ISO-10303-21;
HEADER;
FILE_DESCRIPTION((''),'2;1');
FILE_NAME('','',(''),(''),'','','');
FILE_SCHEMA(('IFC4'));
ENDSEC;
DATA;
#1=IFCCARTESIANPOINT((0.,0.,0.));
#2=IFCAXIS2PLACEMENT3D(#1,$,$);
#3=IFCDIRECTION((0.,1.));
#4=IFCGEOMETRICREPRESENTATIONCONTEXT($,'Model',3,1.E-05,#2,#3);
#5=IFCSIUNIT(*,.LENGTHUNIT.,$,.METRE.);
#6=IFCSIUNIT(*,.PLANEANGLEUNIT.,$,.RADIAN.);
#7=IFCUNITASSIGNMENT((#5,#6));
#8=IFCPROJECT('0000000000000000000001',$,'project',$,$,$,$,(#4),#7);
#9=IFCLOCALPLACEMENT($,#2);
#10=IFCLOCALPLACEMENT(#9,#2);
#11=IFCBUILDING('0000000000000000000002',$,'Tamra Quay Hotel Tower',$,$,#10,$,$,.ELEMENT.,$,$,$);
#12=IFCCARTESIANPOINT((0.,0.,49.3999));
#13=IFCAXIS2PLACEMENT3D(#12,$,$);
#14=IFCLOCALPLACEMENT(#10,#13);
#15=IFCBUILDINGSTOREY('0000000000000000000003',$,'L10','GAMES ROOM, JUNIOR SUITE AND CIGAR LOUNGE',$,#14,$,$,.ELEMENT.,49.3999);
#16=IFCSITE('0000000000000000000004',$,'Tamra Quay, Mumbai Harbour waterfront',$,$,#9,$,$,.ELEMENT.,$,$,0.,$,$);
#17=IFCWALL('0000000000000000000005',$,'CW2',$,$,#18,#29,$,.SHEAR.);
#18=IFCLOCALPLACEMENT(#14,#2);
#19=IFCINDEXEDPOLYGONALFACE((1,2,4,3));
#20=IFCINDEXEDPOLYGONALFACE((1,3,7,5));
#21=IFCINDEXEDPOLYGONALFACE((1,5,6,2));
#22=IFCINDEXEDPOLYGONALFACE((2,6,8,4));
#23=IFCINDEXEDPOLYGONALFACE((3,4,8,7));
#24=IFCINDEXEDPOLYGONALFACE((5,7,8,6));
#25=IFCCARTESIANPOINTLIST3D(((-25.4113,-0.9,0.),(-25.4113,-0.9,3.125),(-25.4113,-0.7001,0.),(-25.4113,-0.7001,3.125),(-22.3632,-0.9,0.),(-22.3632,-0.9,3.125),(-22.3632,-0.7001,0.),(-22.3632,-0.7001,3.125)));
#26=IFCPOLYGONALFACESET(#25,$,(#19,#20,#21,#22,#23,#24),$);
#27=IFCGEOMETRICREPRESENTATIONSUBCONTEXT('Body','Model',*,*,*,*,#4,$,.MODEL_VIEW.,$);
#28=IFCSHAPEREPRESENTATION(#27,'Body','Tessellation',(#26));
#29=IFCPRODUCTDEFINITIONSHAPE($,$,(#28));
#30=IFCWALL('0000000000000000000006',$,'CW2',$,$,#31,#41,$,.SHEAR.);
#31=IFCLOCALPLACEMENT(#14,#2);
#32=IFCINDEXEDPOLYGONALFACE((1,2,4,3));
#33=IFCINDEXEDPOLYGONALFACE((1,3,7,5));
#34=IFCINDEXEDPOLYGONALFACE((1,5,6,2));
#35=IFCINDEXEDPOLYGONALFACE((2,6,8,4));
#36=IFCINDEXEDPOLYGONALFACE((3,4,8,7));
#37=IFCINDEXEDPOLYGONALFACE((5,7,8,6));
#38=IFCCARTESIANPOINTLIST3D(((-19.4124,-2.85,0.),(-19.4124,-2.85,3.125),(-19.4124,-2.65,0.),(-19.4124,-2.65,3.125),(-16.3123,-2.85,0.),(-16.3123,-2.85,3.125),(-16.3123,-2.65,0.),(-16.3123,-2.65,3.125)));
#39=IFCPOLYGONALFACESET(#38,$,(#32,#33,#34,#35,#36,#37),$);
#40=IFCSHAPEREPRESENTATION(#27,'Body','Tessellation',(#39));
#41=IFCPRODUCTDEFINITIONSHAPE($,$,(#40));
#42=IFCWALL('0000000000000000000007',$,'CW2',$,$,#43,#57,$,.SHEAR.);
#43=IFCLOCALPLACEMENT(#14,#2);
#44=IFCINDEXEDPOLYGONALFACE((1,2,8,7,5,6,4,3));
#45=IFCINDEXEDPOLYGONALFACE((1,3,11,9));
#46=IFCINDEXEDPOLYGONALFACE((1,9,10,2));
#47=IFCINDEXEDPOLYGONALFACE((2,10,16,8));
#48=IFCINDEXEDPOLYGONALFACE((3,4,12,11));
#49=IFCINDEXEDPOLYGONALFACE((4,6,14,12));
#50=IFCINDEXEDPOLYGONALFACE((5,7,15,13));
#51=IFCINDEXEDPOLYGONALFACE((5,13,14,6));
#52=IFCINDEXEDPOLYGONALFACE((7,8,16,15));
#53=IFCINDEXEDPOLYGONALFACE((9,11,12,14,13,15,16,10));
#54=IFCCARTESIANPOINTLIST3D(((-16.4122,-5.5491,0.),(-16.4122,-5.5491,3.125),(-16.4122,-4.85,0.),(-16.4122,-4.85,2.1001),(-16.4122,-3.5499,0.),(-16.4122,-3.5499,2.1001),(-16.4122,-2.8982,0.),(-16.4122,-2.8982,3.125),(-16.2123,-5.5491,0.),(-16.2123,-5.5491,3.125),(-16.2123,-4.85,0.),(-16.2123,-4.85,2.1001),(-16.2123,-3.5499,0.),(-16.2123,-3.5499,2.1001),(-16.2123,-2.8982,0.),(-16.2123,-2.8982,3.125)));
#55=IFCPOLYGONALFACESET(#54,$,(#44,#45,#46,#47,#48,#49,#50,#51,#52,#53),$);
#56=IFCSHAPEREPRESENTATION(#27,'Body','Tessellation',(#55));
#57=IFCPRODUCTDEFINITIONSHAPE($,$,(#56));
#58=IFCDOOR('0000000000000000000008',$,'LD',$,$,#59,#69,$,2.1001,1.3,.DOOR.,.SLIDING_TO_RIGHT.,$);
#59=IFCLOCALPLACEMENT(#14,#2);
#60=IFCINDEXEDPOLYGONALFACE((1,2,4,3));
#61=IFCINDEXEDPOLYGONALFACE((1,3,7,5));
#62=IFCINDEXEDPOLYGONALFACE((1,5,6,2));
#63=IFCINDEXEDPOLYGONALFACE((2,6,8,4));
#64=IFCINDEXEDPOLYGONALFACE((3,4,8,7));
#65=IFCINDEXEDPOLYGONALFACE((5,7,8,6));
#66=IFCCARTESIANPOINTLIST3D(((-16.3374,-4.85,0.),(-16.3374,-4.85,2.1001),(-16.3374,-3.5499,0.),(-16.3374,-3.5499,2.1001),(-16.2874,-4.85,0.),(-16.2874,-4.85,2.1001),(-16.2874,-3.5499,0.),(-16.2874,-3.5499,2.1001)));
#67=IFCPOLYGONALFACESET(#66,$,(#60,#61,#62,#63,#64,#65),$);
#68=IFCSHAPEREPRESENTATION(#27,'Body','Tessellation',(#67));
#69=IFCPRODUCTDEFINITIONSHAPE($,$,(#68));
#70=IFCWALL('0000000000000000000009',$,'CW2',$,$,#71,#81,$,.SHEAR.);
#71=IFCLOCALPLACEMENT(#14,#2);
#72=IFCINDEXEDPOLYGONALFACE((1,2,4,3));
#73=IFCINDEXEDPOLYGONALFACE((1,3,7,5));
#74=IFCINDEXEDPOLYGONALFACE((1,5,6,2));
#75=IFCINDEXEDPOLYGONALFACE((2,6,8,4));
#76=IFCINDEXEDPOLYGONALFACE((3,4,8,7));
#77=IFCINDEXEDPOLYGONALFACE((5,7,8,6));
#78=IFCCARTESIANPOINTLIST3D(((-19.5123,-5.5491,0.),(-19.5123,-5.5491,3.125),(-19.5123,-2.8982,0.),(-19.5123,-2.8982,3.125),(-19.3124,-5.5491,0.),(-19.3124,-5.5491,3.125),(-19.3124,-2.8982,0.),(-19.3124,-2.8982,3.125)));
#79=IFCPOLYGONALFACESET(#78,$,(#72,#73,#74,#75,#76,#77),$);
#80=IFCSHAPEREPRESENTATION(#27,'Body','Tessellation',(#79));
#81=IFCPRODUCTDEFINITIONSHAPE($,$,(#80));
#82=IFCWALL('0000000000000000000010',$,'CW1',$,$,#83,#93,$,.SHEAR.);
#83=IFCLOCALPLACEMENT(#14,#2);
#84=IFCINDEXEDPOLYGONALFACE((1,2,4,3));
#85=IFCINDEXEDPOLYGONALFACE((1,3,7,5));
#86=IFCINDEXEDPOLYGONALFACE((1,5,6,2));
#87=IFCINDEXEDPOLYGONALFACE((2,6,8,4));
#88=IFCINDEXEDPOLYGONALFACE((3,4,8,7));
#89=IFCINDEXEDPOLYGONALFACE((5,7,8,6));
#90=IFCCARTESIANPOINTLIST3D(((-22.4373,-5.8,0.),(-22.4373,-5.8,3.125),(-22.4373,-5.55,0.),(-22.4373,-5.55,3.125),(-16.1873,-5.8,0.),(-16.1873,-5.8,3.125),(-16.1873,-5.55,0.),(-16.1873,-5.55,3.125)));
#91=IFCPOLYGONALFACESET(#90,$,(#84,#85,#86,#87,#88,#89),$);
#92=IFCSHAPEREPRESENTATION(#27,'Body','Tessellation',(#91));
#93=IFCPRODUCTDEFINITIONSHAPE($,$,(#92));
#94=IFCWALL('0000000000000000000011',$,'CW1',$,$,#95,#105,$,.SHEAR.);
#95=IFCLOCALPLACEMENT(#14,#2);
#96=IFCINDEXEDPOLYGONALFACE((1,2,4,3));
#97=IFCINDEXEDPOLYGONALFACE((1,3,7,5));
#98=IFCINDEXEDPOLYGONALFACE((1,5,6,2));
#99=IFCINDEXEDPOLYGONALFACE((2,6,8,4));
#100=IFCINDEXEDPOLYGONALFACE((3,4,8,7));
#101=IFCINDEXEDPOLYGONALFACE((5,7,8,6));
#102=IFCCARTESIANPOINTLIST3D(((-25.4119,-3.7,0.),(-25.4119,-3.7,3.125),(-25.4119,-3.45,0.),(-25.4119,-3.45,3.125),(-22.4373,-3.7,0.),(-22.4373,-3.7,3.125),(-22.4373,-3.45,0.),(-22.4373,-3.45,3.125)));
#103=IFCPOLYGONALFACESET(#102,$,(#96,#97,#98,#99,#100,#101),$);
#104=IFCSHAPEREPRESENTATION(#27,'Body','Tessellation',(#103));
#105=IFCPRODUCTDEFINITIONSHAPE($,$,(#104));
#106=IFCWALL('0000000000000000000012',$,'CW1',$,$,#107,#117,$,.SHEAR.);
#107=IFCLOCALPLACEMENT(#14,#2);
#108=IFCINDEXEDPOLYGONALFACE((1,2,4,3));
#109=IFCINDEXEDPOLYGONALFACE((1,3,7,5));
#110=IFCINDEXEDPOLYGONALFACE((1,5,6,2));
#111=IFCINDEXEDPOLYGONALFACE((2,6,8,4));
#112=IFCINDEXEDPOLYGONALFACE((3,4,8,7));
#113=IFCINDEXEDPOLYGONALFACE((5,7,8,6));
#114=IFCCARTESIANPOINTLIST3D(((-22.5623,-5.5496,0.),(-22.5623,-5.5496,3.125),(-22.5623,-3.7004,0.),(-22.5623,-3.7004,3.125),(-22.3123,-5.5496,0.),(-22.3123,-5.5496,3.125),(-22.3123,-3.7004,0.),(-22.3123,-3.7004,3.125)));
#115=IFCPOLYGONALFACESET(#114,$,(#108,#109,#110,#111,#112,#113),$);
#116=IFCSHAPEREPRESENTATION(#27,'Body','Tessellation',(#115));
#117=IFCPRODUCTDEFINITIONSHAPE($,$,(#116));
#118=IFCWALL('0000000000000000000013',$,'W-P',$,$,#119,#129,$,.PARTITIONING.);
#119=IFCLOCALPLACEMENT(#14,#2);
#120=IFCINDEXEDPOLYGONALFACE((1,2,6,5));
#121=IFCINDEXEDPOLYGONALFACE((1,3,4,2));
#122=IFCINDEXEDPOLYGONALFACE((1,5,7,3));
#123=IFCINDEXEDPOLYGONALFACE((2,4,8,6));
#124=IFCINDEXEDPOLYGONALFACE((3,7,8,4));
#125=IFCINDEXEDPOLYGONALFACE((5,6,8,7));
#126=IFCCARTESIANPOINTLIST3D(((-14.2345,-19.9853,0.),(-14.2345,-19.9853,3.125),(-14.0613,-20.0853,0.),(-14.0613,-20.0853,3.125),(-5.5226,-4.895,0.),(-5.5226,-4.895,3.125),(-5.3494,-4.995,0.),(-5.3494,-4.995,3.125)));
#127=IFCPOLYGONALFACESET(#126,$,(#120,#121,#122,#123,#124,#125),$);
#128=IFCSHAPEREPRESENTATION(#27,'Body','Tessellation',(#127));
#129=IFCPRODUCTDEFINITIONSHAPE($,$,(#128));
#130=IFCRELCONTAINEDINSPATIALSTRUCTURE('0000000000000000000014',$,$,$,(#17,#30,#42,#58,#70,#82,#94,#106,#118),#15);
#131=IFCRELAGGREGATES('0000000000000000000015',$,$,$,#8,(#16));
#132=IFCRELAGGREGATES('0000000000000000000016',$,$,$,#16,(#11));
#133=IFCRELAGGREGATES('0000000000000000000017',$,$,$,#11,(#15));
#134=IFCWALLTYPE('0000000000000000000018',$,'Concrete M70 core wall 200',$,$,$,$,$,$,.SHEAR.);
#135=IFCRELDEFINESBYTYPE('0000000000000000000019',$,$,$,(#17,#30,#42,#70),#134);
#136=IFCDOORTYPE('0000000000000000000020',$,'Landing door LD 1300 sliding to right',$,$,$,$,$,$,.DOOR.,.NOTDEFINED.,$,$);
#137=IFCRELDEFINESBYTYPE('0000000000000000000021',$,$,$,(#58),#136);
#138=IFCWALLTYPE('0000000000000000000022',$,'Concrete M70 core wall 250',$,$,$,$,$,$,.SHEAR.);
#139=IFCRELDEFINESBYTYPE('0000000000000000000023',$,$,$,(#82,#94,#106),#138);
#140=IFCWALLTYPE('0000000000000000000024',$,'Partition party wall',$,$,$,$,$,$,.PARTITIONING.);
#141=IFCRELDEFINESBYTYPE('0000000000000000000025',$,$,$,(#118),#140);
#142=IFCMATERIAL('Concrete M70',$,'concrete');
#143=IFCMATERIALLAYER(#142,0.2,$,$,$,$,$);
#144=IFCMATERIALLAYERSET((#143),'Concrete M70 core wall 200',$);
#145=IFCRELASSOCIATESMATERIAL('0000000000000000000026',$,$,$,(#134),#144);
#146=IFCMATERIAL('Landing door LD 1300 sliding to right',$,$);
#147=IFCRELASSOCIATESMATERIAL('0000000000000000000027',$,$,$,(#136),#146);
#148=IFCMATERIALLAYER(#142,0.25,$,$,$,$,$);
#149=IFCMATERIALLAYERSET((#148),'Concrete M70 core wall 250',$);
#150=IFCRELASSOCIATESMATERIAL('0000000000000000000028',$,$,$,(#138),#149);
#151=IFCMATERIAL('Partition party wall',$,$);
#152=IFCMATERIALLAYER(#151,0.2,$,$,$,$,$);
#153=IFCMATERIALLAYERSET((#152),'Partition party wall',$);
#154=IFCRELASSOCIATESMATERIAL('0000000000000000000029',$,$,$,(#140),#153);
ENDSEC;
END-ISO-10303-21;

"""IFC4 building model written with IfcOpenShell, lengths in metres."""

from ifc_helpers import new_model, si_unit, direction, frame, frame_2d, origin, place, context, subcontext, project, spatial, rectangle, extrude, material, layer, layer_set, type_object, element, fill, save


model = new_model("IFC4")

# Units and contexts
model_context = context("Model", 3, precision=1e-05, world=origin(), true_north=direction((0.0, 1.0)))
body_context = subcontext(model_context, "Body", "Model", "MODEL_VIEW")
ifc_project = project(units=[si_unit("LENGTHUNIT", "METRE"), si_unit("PLANEANGLEUNIT", "RADIAN")], contexts=[model_context])

# Site, building, storey
site_placement = place(None, origin())
site = spatial("IfcSite", under=ifc_project, at=site_placement, Name="Tamra Quay, Mumbai Harbour waterfront", CompositionType="ELEMENT", RefElevation=0.0)
building_placement = place(site_placement, origin())
building = spatial("IfcBuilding", under=site, at=building_placement, Name="Tamra Quay Hotel Tower", CompositionType="ELEMENT")
storey_placement = place(building_placement, frame((0.0, 0.0, 49.3999)))
storey = spatial("IfcBuildingStorey", under=building, at=storey_placement, Name="L10", Description="GAMES ROOM, JUNIOR SUITE AND CIGAR LOUNGE", CompositionType="ELEMENT", Elevation=49.3999)

# Shared definitions
ifc_material_1 = material(Name="Concrete M70", Category="concrete")

# Walls
ifc_layer_1 = layer(ifc_material_1, 0.2)
ifc_layer_set_1 = layer_set([ifc_layer_1], Name="Concrete M70 core wall 200")
wall_type_1 = type_object("IfcWallType", Name="Concrete M70 core wall 200", PredefinedType="SHEAR", material=ifc_layer_set_1)
wall_1_placement = place(storey_placement, frame((-22.3633, -0.8, 0.0), z_axis=(0.0, 0.0, 1.0), x_axis=(-1.0, 0.0, 0.0)))
element("IfcWall", 1, at=wall_1_placement, inside=storey, type_object=wall_type_1, Name="CW2", PredefinedType="SHEAR", context=body_context, shape_type="SweptSolid", body=[
    extrude(rectangle(XDim=3.0481, YDim=0.2, at=frame_2d((1.5239, 0.0))), origin(), (0.0, 0.0, 1.0), 3.125),
])
wall_2_placement = place(storey_placement, frame((-19.4124, -2.75, 0.0), z_axis=(0.0, 0.0, 1.0), x_axis=(1.0, 0.0, 0.0)))
element("IfcWall", 2, at=wall_2_placement, inside=storey, type_object=wall_type_1, Name="CW2", PredefinedType="SHEAR", context=body_context, shape_type="SweptSolid", body=[
    extrude(rectangle(XDim=3.1001, YDim=0.2, at=frame_2d((1.55, 0.0))), origin(), (0.0, 0.0, 1.0), 3.125),
])

# Wall, opening, door
wall_3_placement = place(storey_placement, frame((-16.3123, -2.8982, 0.0), z_axis=(0.0, 0.0, 1.0), x_axis=(0.0, -1.0, 0.0)))
wall_3 = element("IfcWall", 3, at=wall_3_placement, inside=storey, type_object=wall_type_1, Name="CW2", PredefinedType="SHEAR", context=body_context, shape_type="SweptSolid", body=[
    extrude(rectangle(XDim=2.6509, YDim=0.2, at=frame_2d((1.3254, 0.0))), origin(), (0.0, 0.0, 1.0), 3.125),
])
opening_placement = place(wall_3_placement, frame((0.6519, 0.0, 0.0)))
opening = element("IfcOpeningElement", 4, at=opening_placement, cuts=wall_3, PredefinedType="OPENING", context=body_context, shape_type="SweptSolid", body=[
    extrude(rectangle(XDim=1.3, YDim=2.1001, at=frame_2d((0.6499, 1.05))), frame((0.0, 0.1099, 0.0), z_axis=(0.0, -1.0, 0.0), x_axis=(1.0, 0.0, 0.0)), (0.0, 0.0, 1.0), 0.22),
])
ifc_material_2 = material(Name="Landing door LD 1300 sliding to right")
door_type = type_object("IfcDoorType", Name="Landing door LD 1300 sliding to right", OperationType="NOTDEFINED", PredefinedType="DOOR", material=ifc_material_2)
door_placement = place(opening_placement, origin())
door = element("IfcDoor", 5, at=door_placement, inside=storey, type_object=door_type, Name="LD", OperationType="SLIDING_TO_RIGHT", OverallHeight=2.1001, OverallWidth=1.3, PredefinedType="DOOR", context=body_context, shape_type="SweptSolid", body=[
    extrude(rectangle(XDim=1.3, YDim=2.1001, at=frame_2d((0.6499, 1.05))), frame((0.0, 0.0249, 0.0), z_axis=(0.0, -1.0, 0.0), x_axis=(1.0, 0.0, 0.0)), (0.0, 0.0, 1.0), 0.05),
])
fill(opening, door)

# Walls
wall_4_placement = place(storey_placement, frame((-19.4124, -5.5491, 0.0), z_axis=(0.0, 0.0, 1.0), x_axis=(0.0, 1.0, 0.0)))
element("IfcWall", 6, at=wall_4_placement, inside=storey, type_object=wall_type_1, Name="CW2", PredefinedType="SHEAR", context=body_context, shape_type="SweptSolid", body=[
    extrude(rectangle(XDim=2.6509, YDim=0.2, at=frame_2d((1.3254, 0.0))), origin(), (0.0, 0.0, 1.0), 3.125),
])
ifc_layer_2 = layer(ifc_material_1, 0.25)
ifc_layer_set_2 = layer_set([ifc_layer_2], Name="Concrete M70 core wall 250")
wall_type_2 = type_object("IfcWallType", Name="Concrete M70 core wall 250", PredefinedType="SHEAR", material=ifc_layer_set_2)
wall_5_placement = place(storey_placement, frame((-16.1873, -5.675, 0.0), z_axis=(0.0, 0.0, 1.0), x_axis=(-1.0, 0.0, 0.0)))
element("IfcWall", 7, at=wall_5_placement, inside=storey, type_object=wall_type_2, Name="CW1", PredefinedType="SHEAR", context=body_context, shape_type="SweptSolid", body=[
    extrude(rectangle(XDim=6.25, YDim=0.25, at=frame_2d((3.125, 0.0))), origin(), (0.0, 0.0, 1.0), 3.125),
])
wall_6_placement = place(storey_placement, frame((-22.4373, -3.575, 0.0), z_axis=(0.0, 0.0, 1.0), x_axis=(-1.0, 0.0, 0.0)))
element("IfcWall", 8, at=wall_6_placement, inside=storey, type_object=wall_type_2, Name="CW1", PredefinedType="SHEAR", context=body_context, shape_type="SweptSolid", body=[
    extrude(rectangle(XDim=2.9746, YDim=0.25, at=frame_2d((1.4873, 0.0))), origin(), (0.0, 0.0, 1.0), 3.125),
])
wall_7_placement = place(storey_placement, frame((-22.4373, -5.5496, 0.0), z_axis=(0.0, 0.0, 1.0), x_axis=(0.0, 1.0, 0.0)))
element("IfcWall", 9, at=wall_7_placement, inside=storey, type_object=wall_type_2, Name="CW1", PredefinedType="SHEAR", context=body_context, shape_type="SweptSolid", body=[
    extrude(rectangle(XDim=1.8491, YDim=0.25, at=frame_2d((0.9246, 0.0))), origin(), (0.0, 0.0, 1.0), 3.125),
])
ifc_material_3 = material(Name="Partition party wall")
ifc_layer_3 = layer(ifc_material_3, 0.2)
ifc_layer_set_3 = layer_set([ifc_layer_3], Name="Partition party wall")
wall_type_3 = type_object("IfcWallType", Name="Partition party wall", PredefinedType="PARTITIONING", material=ifc_layer_set_3)
wall_8_placement = place(storey_placement, frame((-14.1479, -20.0354, 0.0), z_axis=(0.0, 0.0, 1.0), x_axis=(0.499979, 0.866038, 0.0)))
element("IfcWall", 10, at=wall_8_placement, inside=storey, type_object=wall_type_3, Name="W-P", PredefinedType="PARTITIONING", context=body_context, shape_type="SweptSolid", body=[
    extrude(rectangle(XDim=17.4246, YDim=0.2, at=frame_2d((8.7124, 0.0))), origin(), (0.0, 0.0, 1.0), 3.125),
])

save(model, "model.ifc")
